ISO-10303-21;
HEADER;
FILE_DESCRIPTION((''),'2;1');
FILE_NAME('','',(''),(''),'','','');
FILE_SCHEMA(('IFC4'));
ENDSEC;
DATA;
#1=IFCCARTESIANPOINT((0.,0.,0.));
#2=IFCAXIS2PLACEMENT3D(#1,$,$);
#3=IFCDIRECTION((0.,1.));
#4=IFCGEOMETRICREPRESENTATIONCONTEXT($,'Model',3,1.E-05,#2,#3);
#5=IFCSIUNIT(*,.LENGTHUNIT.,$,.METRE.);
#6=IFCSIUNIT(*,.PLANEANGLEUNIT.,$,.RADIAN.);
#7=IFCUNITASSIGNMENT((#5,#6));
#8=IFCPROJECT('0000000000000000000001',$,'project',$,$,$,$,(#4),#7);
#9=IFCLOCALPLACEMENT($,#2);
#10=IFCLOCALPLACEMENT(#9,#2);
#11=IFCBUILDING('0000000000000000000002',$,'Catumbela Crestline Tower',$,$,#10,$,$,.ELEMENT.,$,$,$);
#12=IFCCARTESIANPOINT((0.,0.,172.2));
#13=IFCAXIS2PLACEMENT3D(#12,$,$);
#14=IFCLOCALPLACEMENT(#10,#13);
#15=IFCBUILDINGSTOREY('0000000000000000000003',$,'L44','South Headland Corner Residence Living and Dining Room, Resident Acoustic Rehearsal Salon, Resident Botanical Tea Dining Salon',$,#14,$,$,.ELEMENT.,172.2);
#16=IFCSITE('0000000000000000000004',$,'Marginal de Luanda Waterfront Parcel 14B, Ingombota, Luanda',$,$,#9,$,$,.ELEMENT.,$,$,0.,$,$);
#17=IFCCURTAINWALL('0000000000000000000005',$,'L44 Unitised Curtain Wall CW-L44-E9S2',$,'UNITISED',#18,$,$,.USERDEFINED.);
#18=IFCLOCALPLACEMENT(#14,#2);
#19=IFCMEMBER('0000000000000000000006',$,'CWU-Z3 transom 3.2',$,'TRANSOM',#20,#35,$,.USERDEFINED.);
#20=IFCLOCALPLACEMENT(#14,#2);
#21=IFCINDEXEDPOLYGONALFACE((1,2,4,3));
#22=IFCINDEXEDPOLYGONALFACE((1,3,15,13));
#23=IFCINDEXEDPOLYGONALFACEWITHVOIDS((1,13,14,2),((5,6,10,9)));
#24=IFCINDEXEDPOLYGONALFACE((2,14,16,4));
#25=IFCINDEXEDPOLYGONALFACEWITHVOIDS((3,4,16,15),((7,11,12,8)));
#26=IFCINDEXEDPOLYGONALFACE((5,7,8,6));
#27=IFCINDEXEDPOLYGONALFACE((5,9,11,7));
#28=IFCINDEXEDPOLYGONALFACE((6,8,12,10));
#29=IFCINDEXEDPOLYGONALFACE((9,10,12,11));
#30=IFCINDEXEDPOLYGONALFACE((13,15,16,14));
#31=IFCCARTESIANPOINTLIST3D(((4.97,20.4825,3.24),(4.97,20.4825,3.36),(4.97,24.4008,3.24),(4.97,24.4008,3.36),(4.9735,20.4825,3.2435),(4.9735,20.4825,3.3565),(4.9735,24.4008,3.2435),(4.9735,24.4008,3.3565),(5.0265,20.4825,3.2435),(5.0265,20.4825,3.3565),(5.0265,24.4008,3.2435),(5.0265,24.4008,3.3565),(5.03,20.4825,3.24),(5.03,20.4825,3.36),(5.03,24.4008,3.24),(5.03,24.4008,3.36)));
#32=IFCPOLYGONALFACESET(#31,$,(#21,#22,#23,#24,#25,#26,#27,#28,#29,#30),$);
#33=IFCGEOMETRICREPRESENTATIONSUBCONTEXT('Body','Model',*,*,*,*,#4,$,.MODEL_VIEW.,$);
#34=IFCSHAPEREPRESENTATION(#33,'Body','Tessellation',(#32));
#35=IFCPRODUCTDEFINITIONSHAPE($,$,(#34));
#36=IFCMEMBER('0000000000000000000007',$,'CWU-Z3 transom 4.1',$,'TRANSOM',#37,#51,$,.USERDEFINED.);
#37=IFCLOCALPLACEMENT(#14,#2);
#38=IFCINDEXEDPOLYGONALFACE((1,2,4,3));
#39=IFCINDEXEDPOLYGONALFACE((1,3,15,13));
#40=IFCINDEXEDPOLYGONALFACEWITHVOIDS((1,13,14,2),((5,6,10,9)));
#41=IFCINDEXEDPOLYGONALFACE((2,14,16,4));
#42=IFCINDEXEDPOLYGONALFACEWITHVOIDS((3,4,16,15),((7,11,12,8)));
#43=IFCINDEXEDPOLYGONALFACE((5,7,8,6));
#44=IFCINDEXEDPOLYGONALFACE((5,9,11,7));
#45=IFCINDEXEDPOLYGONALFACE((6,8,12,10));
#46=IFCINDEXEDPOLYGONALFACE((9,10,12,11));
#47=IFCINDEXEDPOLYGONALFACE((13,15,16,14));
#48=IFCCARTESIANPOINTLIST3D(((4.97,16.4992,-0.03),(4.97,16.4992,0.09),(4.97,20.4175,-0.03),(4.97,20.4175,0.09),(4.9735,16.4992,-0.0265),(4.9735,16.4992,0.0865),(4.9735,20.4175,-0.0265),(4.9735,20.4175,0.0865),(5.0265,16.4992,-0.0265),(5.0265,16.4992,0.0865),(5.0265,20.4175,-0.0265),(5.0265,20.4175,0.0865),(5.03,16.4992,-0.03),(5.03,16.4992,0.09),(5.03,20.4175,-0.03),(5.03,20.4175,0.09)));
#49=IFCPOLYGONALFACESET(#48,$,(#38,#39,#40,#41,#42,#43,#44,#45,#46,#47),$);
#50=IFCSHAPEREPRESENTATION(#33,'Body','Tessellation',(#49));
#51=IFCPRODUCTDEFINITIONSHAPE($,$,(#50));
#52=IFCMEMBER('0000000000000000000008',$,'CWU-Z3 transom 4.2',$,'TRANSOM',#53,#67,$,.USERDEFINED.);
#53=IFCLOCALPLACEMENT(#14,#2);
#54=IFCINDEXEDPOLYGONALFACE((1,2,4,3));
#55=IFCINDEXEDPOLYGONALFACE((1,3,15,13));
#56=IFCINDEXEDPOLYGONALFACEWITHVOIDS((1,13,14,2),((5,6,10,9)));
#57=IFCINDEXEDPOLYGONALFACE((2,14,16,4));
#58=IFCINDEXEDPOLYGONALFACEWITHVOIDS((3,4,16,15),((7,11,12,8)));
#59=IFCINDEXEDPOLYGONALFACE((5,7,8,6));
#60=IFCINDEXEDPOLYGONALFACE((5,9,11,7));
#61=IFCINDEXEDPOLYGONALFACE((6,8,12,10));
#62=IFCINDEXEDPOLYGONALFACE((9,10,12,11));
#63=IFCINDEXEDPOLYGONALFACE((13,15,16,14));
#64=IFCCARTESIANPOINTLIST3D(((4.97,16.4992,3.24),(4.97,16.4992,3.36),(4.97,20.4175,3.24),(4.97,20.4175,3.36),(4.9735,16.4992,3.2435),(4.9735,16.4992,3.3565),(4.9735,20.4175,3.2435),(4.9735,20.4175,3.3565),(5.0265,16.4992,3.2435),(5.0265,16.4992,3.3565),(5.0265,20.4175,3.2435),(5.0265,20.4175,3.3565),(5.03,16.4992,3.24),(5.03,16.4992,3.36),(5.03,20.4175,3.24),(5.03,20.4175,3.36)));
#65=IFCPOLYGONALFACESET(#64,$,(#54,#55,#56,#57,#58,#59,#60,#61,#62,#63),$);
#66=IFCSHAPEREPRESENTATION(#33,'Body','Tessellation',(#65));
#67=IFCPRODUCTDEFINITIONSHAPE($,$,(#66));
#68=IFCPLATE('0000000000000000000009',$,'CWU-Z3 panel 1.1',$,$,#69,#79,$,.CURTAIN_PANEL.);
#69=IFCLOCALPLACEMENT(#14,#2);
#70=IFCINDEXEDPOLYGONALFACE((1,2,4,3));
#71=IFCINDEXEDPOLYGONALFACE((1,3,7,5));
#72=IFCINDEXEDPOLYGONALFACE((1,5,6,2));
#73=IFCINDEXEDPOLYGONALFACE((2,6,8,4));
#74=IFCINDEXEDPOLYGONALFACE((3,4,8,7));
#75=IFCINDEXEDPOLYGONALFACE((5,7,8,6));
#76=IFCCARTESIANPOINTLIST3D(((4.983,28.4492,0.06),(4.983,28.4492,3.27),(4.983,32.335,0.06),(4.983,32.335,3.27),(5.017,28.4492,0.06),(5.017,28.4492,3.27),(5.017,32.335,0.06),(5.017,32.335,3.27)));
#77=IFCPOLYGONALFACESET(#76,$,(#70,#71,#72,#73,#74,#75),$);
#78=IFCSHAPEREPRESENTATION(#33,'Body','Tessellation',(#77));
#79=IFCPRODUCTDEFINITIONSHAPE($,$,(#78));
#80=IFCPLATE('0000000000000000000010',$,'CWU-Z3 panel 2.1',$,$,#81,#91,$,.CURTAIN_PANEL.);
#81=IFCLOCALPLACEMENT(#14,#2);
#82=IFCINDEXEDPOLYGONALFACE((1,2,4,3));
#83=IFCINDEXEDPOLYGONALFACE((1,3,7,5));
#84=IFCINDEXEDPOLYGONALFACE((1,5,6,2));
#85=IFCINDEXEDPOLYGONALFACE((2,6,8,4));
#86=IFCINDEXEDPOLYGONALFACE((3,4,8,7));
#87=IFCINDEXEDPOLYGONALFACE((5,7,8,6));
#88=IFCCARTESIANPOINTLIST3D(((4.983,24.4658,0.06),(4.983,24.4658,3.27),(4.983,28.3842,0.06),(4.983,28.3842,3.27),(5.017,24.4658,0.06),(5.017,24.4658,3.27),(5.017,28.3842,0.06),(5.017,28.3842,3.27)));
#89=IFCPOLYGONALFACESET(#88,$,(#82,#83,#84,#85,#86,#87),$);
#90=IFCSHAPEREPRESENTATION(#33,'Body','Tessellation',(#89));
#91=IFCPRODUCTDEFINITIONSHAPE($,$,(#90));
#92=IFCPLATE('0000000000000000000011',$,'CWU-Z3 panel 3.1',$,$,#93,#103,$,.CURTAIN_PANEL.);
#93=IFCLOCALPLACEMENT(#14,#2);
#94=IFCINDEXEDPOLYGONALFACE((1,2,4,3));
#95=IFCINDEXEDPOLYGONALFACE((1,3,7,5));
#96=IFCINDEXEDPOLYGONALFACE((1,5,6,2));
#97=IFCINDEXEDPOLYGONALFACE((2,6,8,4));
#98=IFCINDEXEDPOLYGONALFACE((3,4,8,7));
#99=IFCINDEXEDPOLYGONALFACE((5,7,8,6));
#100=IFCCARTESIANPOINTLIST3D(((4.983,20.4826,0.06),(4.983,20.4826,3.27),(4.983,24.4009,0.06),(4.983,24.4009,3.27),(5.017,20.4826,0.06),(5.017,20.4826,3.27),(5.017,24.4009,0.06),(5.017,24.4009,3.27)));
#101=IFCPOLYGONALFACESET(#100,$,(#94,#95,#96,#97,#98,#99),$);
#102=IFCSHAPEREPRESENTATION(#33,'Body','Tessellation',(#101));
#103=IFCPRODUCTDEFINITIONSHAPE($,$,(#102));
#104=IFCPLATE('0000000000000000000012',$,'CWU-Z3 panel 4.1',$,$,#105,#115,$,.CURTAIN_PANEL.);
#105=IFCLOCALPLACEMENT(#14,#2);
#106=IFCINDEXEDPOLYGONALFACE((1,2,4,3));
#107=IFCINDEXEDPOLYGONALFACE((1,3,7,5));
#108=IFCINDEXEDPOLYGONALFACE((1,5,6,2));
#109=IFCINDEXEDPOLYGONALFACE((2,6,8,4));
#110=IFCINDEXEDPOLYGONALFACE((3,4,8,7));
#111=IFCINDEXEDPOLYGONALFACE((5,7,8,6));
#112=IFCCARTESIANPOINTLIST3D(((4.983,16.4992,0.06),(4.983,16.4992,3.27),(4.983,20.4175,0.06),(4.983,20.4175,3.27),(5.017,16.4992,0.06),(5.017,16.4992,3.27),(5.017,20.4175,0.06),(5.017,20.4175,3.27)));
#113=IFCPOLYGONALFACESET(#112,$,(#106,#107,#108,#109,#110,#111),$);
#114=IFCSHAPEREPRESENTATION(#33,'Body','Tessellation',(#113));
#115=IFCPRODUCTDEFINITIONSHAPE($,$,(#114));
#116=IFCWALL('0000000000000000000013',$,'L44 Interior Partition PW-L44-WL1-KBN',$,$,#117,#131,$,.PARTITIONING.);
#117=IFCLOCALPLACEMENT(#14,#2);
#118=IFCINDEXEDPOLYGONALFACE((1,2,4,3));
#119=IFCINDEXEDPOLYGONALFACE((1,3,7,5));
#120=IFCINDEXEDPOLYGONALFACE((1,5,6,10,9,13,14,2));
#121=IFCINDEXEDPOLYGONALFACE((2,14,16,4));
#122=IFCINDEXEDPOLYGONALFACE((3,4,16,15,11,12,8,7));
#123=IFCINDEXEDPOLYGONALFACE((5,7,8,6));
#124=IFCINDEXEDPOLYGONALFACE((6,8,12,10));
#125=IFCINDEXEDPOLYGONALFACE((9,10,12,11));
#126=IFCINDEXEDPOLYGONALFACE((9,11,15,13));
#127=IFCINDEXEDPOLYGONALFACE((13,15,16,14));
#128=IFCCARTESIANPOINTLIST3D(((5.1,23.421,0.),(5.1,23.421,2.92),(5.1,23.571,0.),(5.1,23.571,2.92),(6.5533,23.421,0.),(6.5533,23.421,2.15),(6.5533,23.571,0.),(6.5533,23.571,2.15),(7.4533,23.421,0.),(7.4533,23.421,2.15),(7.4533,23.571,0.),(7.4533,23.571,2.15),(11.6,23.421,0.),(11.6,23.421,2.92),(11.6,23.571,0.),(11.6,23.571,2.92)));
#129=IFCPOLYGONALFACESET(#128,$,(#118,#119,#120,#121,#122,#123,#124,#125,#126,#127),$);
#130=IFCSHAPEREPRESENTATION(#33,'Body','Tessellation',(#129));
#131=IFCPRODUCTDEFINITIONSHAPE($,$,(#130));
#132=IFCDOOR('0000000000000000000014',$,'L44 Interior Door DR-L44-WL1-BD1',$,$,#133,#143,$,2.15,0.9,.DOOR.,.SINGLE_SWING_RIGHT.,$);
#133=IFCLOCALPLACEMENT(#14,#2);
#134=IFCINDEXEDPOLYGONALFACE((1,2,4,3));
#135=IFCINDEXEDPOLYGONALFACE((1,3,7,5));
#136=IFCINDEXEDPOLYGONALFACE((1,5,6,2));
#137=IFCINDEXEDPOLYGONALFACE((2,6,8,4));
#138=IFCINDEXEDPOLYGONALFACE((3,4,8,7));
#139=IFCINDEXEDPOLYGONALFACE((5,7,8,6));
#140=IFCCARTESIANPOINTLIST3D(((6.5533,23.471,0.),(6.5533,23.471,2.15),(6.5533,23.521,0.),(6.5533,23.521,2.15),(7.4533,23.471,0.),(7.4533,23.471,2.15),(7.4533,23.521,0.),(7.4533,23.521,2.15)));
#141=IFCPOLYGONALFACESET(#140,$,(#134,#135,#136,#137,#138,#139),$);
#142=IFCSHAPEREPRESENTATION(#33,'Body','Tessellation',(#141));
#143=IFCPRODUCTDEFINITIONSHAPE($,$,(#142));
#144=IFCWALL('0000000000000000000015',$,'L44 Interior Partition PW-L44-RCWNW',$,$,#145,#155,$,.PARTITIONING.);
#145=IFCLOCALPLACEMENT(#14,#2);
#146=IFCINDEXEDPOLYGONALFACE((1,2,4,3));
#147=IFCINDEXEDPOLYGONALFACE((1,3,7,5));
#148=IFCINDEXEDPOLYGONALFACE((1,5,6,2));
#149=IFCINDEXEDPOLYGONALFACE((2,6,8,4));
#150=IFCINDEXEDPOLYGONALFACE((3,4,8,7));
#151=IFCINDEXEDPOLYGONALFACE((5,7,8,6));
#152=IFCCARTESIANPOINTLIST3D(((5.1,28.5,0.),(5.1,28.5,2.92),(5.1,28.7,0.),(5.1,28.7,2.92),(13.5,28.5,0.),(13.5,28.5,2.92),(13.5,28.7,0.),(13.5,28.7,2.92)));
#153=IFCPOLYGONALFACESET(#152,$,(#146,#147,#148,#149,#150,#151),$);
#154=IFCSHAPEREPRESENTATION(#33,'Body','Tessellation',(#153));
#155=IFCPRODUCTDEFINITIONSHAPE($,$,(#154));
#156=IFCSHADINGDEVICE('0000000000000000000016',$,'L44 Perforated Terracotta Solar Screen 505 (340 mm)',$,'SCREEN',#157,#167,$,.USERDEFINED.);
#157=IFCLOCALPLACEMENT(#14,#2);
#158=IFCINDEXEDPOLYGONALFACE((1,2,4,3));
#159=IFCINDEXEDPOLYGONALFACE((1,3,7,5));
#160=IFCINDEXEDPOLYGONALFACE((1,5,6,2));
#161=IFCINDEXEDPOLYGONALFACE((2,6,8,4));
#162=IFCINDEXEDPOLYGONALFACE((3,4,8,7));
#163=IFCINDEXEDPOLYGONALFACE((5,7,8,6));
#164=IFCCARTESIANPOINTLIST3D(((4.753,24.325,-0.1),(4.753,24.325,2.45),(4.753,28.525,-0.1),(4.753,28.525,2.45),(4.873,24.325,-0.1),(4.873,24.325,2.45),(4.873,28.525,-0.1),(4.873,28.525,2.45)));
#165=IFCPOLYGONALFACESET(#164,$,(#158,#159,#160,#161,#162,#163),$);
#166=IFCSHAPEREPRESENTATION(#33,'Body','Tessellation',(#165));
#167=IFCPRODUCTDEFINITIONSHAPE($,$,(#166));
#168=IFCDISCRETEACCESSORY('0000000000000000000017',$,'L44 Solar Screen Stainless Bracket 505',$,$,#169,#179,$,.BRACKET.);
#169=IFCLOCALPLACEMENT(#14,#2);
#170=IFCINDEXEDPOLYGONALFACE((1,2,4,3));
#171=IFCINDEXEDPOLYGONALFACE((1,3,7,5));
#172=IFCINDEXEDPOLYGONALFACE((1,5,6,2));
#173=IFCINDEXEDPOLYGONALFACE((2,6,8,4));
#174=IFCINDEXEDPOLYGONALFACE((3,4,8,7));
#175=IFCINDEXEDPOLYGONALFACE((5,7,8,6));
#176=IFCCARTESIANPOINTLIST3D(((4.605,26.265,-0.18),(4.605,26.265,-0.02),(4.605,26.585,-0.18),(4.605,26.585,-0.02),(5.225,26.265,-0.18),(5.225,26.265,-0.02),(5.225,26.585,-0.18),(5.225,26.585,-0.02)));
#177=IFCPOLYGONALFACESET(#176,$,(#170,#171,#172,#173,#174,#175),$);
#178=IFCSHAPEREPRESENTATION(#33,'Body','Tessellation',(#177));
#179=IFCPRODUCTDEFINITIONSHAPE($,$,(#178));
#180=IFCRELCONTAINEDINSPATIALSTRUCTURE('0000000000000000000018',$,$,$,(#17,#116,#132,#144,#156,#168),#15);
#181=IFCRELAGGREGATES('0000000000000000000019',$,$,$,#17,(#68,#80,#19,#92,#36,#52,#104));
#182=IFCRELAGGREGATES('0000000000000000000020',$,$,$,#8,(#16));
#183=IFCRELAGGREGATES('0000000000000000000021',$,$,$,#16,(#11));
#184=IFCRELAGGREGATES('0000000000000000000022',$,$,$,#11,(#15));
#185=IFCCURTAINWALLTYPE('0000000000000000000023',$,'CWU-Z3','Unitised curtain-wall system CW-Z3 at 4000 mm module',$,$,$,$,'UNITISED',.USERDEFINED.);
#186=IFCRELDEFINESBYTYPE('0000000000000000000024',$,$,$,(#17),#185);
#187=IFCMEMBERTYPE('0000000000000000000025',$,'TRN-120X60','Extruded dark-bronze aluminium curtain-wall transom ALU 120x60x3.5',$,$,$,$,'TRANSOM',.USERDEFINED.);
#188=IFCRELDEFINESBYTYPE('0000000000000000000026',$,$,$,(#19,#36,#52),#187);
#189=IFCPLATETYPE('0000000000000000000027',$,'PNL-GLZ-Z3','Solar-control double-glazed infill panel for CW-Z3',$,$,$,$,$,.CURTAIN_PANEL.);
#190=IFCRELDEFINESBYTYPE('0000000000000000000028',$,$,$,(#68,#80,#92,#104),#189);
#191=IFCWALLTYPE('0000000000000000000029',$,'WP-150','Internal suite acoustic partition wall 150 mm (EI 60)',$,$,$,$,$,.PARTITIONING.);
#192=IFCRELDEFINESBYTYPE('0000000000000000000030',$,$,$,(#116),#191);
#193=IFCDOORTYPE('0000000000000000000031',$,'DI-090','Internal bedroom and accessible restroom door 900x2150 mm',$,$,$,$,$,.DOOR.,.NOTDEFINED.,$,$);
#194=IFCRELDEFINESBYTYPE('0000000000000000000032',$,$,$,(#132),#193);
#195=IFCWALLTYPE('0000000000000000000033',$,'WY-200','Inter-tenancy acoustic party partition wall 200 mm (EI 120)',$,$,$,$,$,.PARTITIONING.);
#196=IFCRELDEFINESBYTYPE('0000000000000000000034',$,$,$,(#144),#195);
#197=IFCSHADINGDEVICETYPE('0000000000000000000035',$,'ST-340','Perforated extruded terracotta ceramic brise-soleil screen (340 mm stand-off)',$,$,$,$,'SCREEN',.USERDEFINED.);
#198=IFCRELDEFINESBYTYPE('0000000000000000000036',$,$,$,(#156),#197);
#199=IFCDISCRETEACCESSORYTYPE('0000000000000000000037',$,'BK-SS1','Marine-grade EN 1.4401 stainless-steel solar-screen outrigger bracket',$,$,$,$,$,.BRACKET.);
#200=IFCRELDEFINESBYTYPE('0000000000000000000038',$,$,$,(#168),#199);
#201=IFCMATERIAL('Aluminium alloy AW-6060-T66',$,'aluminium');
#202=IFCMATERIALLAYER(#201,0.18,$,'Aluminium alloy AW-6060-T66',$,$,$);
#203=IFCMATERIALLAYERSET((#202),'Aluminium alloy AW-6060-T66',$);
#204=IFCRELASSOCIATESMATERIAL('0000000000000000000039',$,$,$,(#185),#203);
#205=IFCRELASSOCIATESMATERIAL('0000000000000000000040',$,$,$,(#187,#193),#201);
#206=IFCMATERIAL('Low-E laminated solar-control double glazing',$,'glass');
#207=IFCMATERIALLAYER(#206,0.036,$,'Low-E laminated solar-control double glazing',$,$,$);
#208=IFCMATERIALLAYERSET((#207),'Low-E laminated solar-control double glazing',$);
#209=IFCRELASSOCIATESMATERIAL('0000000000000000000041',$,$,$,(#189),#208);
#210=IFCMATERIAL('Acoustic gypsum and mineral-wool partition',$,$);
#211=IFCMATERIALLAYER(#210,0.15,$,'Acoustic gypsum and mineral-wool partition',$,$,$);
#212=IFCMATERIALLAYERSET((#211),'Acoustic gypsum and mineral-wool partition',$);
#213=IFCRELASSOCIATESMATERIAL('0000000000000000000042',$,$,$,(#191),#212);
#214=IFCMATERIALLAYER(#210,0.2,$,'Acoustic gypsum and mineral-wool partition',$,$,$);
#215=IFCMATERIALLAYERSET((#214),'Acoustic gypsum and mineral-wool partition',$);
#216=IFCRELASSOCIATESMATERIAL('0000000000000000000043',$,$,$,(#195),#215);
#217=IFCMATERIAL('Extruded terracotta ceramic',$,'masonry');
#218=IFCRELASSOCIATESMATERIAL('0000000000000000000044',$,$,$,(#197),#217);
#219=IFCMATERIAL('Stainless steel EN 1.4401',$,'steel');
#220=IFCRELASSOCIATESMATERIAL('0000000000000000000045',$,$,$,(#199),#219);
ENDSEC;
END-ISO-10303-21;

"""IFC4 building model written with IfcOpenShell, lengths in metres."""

from ifc_helpers import new_model, si_unit, direction, frame, frame_2d, origin, origin_2d, place, context, subcontext, project, spatial, rectangle, hollow_rectangle, extrude, material, layer, layer_set, material_profile, profile_set, type_object, element, fill, aggregate, save


model = new_model("IFC4")

# Units and contexts
model_context = context("Model", 3, precision=1e-05, world=origin(), true_north=direction((0.0, 1.0)))
body_context = subcontext(model_context, "Body", "Model", "MODEL_VIEW")
ifc_project = project(units=[si_unit("LENGTHUNIT", "METRE"), si_unit("PLANEANGLEUNIT", "RADIAN")], contexts=[model_context])

# Site, building, storey
site_placement = place(None, origin())
site = spatial("IfcSite", under=ifc_project, at=site_placement, Name="Marginal de Luanda Waterfront Parcel 14B, Ingombota, Luanda", CompositionType="ELEMENT", RefElevation=0.0)
building_placement = place(site_placement, origin())
building = spatial("IfcBuilding", under=site, at=building_placement, Name="Catumbela Crestline Tower", CompositionType="ELEMENT")
storey_placement = place(building_placement, frame((0.0, 0.0, 172.2)))
storey = spatial("IfcBuildingStorey", under=building, at=storey_placement, Name="L44", Description="South Headland Corner Residence Living and Dining Room, Resident Acoustic Rehearsal Salon, Resident Botanical Tea Dining Salon", CompositionType="ELEMENT", Elevation=172.2)

# Curtain wall
ifc_material_1 = material(Name="Aluminium alloy AW-6060-T66", Category="aluminium")
ifc_layer_1 = layer(ifc_material_1, 0.18, Name="Aluminium alloy AW-6060-T66")
ifc_layer_set_1 = layer_set([ifc_layer_1], Name="Aluminium alloy AW-6060-T66")
curtain_wall_type = type_object("IfcCurtainWallType", Name="CWU-Z3", Description="Unitised curtain-wall system CW-Z3 at 4000 mm module", ElementType="UNITISED", PredefinedType="USERDEFINED", material=ifc_layer_set_1)
curtain_wall_placement = place(storey_placement, origin())
curtain_wall = element("IfcCurtainWall", 1, at=curtain_wall_placement, inside=storey, type_object=curtain_wall_type, Name="L44 Unitised Curtain Wall CW-L44-E9S2", ObjectType="UNITISED", PredefinedType="USERDEFINED")

# Members
ifc_material_profile_1 = material_profile(ifc_material_1, hollow_rectangle(XDim=0.06, YDim=0.12, WallThickness=0.0035, at=origin_2d()), Name="ALU 120x60x3.5")
ifc_profile_set_1 = profile_set([ifc_material_profile_1], Name="Aluminium alloy AW-6060-T66")
member_type_1 = type_object("IfcMemberType", Name="TRN-120X60", Description="Extruded dark-bronze aluminium curtain-wall transom ALU 120x60x3.5", ElementType="TRANSOM", PredefinedType="USERDEFINED", material=ifc_profile_set_1)
member_1_placement = place(storey_placement, frame((5.0, 24.4008, 3.3), z_axis=(0.0, -1.0, 0.0), x_axis=(1.0, 0.0, 0.0)))
member_1 = element("IfcMember", 2, at=member_1_placement, type_object=member_type_1, Name="CWU-Z3 transom 3.2", ObjectType="TRANSOM", PredefinedType="USERDEFINED", context=body_context, shape_type="SweptSolid", body=[
    extrude(hollow_rectangle(XDim=0.06, YDim=0.12, WallThickness=0.0035, at=origin_2d()), origin(), (0.0, 0.0, 1.0), 3.9183),
])
member_2_placement = place(storey_placement, frame((5.0, 20.4175, 0.03), z_axis=(0.0, -1.0, 0.0), x_axis=(1.0, 0.0, 0.0)))
member_2 = element("IfcMember", 3, at=member_2_placement, type_object=member_type_1, Name="CWU-Z3 transom 4.1", ObjectType="TRANSOM", PredefinedType="USERDEFINED", context=body_context, shape_type="SweptSolid", body=[
    extrude(hollow_rectangle(XDim=0.06, YDim=0.12, WallThickness=0.0035, at=origin_2d()), origin(), (0.0, 0.0, 1.0), 3.9183),
])
member_3_placement = place(storey_placement, frame((5.0, 20.4175, 3.3), z_axis=(0.0, -1.0, 0.0), x_axis=(1.0, 0.0, 0.0)))
member_3 = element("IfcMember", 4, at=member_3_placement, type_object=member_type_1, Name="CWU-Z3 transom 4.2", ObjectType="TRANSOM", PredefinedType="USERDEFINED", context=body_context, shape_type="SweptSolid", body=[
    extrude(hollow_rectangle(XDim=0.06, YDim=0.12, WallThickness=0.0035, at=origin_2d()), origin(), (0.0, 0.0, 1.0), 3.9183),
])

# Plates
ifc_material_2 = material(Name="Low-E laminated solar-control double glazing", Category="glass")
ifc_layer_2 = layer(ifc_material_2, 0.036, Name="Low-E laminated solar-control double glazing")
ifc_layer_set_2 = layer_set([ifc_layer_2], Name="Low-E laminated solar-control double glazing")
plate_type = type_object("IfcPlateType", Name="PNL-GLZ-Z3", Description="Solar-control double-glazed infill panel for CW-Z3", PredefinedType="CURTAIN_PANEL", material=ifc_layer_set_2)
plate_1_placement = place(storey_placement, frame((5.0, 30.3921, 0.06), z_axis=(0.0, 0.0, 1.0), x_axis=(0.0, -1.0, 0.0)))
plate_1 = element("IfcPlate", 5, at=plate_1_placement, type_object=plate_type, Name="CWU-Z3 panel 1.1", PredefinedType="CURTAIN_PANEL", context=body_context, shape_type="SweptSolid", body=[
    extrude(rectangle(XDim=3.8858, YDim=0.034, at=origin_2d()), origin(), (0.0, 0.0, 1.0), 3.21),
])
plate_2_placement = place(storey_placement, frame((5.0, 26.425, 0.06), z_axis=(0.0, 0.0, 1.0), x_axis=(0.0, -1.0, 0.0)))
plate_2 = element("IfcPlate", 6, at=plate_2_placement, type_object=plate_type, Name="CWU-Z3 panel 2.1", PredefinedType="CURTAIN_PANEL", context=body_context, shape_type="SweptSolid", body=[
    extrude(rectangle(XDim=3.9183, YDim=0.034, at=origin_2d()), origin(), (0.0, 0.0, 1.0), 3.21),
])
plate_3_placement = place(storey_placement, frame((5.0, 22.4417, 0.06), z_axis=(0.0, 0.0, 1.0), x_axis=(0.0, -1.0, 0.0)))
plate_3 = element("IfcPlate", 7, at=plate_3_placement, type_object=plate_type, Name="CWU-Z3 panel 3.1", PredefinedType="CURTAIN_PANEL", context=body_context, shape_type="SweptSolid", body=[
    extrude(rectangle(XDim=3.9183, YDim=0.034, at=origin_2d()), origin(), (0.0, 0.0, 1.0), 3.21),
])
plate_4_placement = place(storey_placement, frame((5.0, 18.4583, 0.06), z_axis=(0.0, 0.0, 1.0), x_axis=(0.0, -1.0, 0.0)))
plate_4 = element("IfcPlate", 8, at=plate_4_placement, type_object=plate_type, Name="CWU-Z3 panel 4.1", PredefinedType="CURTAIN_PANEL", context=body_context, shape_type="SweptSolid", body=[
    extrude(rectangle(XDim=3.9183, YDim=0.034, at=origin_2d()), origin(), (0.0, 0.0, 1.0), 3.21),
])
aggregate(curtain_wall, [plate_1, plate_2, member_1, plate_3, member_2, member_3, plate_4])

# Wall, opening, door
ifc_material_3 = material(Name="Acoustic gypsum and mineral-wool partition")
ifc_layer_3 = layer(ifc_material_3, 0.15, Name="Acoustic gypsum and mineral-wool partition")
ifc_layer_set_3 = layer_set([ifc_layer_3], Name="Acoustic gypsum and mineral-wool partition")
wall_type_1 = type_object("IfcWallType", Name="WP-150", Description="Internal suite acoustic partition wall 150 mm (EI 60)", PredefinedType="PARTITIONING", material=ifc_layer_set_3)
wall_1_placement = place(storey_placement, frame((5.1, 23.496, 0.0), z_axis=(0.0, 0.0, 1.0), x_axis=(1.0, 0.0, 0.0)))
wall_1 = element("IfcWall", 9, at=wall_1_placement, inside=storey, type_object=wall_type_1, Name="L44 Interior Partition PW-L44-WL1-KBN", PredefinedType="PARTITIONING", context=body_context, shape_type="SweptSolid", body=[
    extrude(rectangle(XDim=6.5, YDim=0.15, at=frame_2d((3.25, 0.0))), origin(), (0.0, 0.0, 1.0), 2.92),
])
opening_placement = place(wall_1_placement, frame((1.4533, 0.0, 0.0)))
opening = element("IfcOpeningElement", 10, at=opening_placement, cuts=wall_1, PredefinedType="OPENING", context=body_context, shape_type="SweptSolid", body=[
    extrude(rectangle(XDim=0.9, YDim=2.15, at=frame_2d((0.45, 1.075))), frame((0.0, 0.085, 0.0), z_axis=(0.0, -1.0, 0.0), x_axis=(1.0, 0.0, 0.0)), (0.0, 0.0, 1.0), 0.17),
])
door_type = type_object("IfcDoorType", Name="DI-090", Description="Internal bedroom and accessible restroom door 900x2150 mm", OperationType="NOTDEFINED", PredefinedType="DOOR", material=ifc_material_1)
door_placement = place(opening_placement, origin())
door = element("IfcDoor", 11, at=door_placement, inside=storey, type_object=door_type, Name="L44 Interior Door DR-L44-WL1-BD1", OperationType="SINGLE_SWING_RIGHT", OverallHeight=2.15, OverallWidth=0.9, PredefinedType="DOOR", context=body_context, shape_type="SweptSolid", body=[
    extrude(rectangle(XDim=0.9, YDim=2.15, at=frame_2d((0.45, 1.075))), frame((0.0, 0.025, 0.0), z_axis=(0.0, -1.0, 0.0), x_axis=(1.0, 0.0, 0.0)), (0.0, 0.0, 1.0), 0.05),
])
fill(opening, door)

# Wall
ifc_layer_4 = layer(ifc_material_3, 0.2, Name="Acoustic gypsum and mineral-wool partition")
ifc_layer_set_4 = layer_set([ifc_layer_4], Name="Acoustic gypsum and mineral-wool partition")
wall_type_2 = type_object("IfcWallType", Name="WY-200", Description="Inter-tenancy acoustic party partition wall 200 mm (EI 120)", PredefinedType="PARTITIONING", material=ifc_layer_set_4)
wall_2_placement = place(storey_placement, frame((5.1, 28.6, 0.0), z_axis=(0.0, 0.0, 1.0), x_axis=(1.0, 0.0, 0.0)))
element("IfcWall", 12, at=wall_2_placement, inside=storey, type_object=wall_type_2, Name="L44 Interior Partition PW-L44-RCWNW", PredefinedType="PARTITIONING", context=body_context, shape_type="SweptSolid", body=[
    extrude(rectangle(XDim=8.4, YDim=0.2, at=frame_2d((4.2, 0.0))), origin(), (0.0, 0.0, 1.0), 2.92),
])

# Shading device
ifc_material_4 = material(Name="Extruded terracotta ceramic", Category="masonry")
shading_device_type = type_object("IfcShadingDeviceType", Name="ST-340", Description="Perforated extruded terracotta ceramic brise-soleil screen (340 mm stand-off)", ElementType="SCREEN", PredefinedType="USERDEFINED", material=ifc_material_4)
shading_device_placement = place(storey_placement, frame((4.813, 26.425, -0.1), z_axis=(0.0, 0.0, 1.0), x_axis=(0.0, -1.0, 0.0)))
element("IfcShadingDevice", 13, at=shading_device_placement, inside=storey, type_object=shading_device_type, Name="L44 Perforated Terracotta Solar Screen 505 (340 mm)", ObjectType="SCREEN", PredefinedType="USERDEFINED", context=body_context, shape_type="SweptSolid", body=[
    extrude(rectangle(XDim=4.2, YDim=0.12, at=origin_2d()), origin(), (0.0, 0.0, 1.0), 2.55),
])

# Discrete accessory
ifc_material_5 = material(Name="Stainless steel EN 1.4401", Category="steel")
discrete_accessory_type = type_object("IfcDiscreteAccessoryType", Name="BK-SS1", Description="Marine-grade EN 1.4401 stainless-steel solar-screen outrigger bracket", PredefinedType="BRACKET", material=ifc_material_5)
discrete_accessory_placement = place(storey_placement, frame((4.915, 26.425, -0.18), z_axis=(0.0, 0.0, 1.0), x_axis=(0.0, -1.0, 0.0)))
element("IfcDiscreteAccessory", 14, at=discrete_accessory_placement, inside=storey, type_object=discrete_accessory_type, Name="L44 Solar Screen Stainless Bracket 505", PredefinedType="BRACKET", context=body_context, shape_type="SweptSolid", body=[
    extrude(rectangle(XDim=0.32, YDim=0.62, at=origin_2d()), origin(), (0.0, 0.0, 1.0), 0.16),
])

save(model, "model.ifc")
